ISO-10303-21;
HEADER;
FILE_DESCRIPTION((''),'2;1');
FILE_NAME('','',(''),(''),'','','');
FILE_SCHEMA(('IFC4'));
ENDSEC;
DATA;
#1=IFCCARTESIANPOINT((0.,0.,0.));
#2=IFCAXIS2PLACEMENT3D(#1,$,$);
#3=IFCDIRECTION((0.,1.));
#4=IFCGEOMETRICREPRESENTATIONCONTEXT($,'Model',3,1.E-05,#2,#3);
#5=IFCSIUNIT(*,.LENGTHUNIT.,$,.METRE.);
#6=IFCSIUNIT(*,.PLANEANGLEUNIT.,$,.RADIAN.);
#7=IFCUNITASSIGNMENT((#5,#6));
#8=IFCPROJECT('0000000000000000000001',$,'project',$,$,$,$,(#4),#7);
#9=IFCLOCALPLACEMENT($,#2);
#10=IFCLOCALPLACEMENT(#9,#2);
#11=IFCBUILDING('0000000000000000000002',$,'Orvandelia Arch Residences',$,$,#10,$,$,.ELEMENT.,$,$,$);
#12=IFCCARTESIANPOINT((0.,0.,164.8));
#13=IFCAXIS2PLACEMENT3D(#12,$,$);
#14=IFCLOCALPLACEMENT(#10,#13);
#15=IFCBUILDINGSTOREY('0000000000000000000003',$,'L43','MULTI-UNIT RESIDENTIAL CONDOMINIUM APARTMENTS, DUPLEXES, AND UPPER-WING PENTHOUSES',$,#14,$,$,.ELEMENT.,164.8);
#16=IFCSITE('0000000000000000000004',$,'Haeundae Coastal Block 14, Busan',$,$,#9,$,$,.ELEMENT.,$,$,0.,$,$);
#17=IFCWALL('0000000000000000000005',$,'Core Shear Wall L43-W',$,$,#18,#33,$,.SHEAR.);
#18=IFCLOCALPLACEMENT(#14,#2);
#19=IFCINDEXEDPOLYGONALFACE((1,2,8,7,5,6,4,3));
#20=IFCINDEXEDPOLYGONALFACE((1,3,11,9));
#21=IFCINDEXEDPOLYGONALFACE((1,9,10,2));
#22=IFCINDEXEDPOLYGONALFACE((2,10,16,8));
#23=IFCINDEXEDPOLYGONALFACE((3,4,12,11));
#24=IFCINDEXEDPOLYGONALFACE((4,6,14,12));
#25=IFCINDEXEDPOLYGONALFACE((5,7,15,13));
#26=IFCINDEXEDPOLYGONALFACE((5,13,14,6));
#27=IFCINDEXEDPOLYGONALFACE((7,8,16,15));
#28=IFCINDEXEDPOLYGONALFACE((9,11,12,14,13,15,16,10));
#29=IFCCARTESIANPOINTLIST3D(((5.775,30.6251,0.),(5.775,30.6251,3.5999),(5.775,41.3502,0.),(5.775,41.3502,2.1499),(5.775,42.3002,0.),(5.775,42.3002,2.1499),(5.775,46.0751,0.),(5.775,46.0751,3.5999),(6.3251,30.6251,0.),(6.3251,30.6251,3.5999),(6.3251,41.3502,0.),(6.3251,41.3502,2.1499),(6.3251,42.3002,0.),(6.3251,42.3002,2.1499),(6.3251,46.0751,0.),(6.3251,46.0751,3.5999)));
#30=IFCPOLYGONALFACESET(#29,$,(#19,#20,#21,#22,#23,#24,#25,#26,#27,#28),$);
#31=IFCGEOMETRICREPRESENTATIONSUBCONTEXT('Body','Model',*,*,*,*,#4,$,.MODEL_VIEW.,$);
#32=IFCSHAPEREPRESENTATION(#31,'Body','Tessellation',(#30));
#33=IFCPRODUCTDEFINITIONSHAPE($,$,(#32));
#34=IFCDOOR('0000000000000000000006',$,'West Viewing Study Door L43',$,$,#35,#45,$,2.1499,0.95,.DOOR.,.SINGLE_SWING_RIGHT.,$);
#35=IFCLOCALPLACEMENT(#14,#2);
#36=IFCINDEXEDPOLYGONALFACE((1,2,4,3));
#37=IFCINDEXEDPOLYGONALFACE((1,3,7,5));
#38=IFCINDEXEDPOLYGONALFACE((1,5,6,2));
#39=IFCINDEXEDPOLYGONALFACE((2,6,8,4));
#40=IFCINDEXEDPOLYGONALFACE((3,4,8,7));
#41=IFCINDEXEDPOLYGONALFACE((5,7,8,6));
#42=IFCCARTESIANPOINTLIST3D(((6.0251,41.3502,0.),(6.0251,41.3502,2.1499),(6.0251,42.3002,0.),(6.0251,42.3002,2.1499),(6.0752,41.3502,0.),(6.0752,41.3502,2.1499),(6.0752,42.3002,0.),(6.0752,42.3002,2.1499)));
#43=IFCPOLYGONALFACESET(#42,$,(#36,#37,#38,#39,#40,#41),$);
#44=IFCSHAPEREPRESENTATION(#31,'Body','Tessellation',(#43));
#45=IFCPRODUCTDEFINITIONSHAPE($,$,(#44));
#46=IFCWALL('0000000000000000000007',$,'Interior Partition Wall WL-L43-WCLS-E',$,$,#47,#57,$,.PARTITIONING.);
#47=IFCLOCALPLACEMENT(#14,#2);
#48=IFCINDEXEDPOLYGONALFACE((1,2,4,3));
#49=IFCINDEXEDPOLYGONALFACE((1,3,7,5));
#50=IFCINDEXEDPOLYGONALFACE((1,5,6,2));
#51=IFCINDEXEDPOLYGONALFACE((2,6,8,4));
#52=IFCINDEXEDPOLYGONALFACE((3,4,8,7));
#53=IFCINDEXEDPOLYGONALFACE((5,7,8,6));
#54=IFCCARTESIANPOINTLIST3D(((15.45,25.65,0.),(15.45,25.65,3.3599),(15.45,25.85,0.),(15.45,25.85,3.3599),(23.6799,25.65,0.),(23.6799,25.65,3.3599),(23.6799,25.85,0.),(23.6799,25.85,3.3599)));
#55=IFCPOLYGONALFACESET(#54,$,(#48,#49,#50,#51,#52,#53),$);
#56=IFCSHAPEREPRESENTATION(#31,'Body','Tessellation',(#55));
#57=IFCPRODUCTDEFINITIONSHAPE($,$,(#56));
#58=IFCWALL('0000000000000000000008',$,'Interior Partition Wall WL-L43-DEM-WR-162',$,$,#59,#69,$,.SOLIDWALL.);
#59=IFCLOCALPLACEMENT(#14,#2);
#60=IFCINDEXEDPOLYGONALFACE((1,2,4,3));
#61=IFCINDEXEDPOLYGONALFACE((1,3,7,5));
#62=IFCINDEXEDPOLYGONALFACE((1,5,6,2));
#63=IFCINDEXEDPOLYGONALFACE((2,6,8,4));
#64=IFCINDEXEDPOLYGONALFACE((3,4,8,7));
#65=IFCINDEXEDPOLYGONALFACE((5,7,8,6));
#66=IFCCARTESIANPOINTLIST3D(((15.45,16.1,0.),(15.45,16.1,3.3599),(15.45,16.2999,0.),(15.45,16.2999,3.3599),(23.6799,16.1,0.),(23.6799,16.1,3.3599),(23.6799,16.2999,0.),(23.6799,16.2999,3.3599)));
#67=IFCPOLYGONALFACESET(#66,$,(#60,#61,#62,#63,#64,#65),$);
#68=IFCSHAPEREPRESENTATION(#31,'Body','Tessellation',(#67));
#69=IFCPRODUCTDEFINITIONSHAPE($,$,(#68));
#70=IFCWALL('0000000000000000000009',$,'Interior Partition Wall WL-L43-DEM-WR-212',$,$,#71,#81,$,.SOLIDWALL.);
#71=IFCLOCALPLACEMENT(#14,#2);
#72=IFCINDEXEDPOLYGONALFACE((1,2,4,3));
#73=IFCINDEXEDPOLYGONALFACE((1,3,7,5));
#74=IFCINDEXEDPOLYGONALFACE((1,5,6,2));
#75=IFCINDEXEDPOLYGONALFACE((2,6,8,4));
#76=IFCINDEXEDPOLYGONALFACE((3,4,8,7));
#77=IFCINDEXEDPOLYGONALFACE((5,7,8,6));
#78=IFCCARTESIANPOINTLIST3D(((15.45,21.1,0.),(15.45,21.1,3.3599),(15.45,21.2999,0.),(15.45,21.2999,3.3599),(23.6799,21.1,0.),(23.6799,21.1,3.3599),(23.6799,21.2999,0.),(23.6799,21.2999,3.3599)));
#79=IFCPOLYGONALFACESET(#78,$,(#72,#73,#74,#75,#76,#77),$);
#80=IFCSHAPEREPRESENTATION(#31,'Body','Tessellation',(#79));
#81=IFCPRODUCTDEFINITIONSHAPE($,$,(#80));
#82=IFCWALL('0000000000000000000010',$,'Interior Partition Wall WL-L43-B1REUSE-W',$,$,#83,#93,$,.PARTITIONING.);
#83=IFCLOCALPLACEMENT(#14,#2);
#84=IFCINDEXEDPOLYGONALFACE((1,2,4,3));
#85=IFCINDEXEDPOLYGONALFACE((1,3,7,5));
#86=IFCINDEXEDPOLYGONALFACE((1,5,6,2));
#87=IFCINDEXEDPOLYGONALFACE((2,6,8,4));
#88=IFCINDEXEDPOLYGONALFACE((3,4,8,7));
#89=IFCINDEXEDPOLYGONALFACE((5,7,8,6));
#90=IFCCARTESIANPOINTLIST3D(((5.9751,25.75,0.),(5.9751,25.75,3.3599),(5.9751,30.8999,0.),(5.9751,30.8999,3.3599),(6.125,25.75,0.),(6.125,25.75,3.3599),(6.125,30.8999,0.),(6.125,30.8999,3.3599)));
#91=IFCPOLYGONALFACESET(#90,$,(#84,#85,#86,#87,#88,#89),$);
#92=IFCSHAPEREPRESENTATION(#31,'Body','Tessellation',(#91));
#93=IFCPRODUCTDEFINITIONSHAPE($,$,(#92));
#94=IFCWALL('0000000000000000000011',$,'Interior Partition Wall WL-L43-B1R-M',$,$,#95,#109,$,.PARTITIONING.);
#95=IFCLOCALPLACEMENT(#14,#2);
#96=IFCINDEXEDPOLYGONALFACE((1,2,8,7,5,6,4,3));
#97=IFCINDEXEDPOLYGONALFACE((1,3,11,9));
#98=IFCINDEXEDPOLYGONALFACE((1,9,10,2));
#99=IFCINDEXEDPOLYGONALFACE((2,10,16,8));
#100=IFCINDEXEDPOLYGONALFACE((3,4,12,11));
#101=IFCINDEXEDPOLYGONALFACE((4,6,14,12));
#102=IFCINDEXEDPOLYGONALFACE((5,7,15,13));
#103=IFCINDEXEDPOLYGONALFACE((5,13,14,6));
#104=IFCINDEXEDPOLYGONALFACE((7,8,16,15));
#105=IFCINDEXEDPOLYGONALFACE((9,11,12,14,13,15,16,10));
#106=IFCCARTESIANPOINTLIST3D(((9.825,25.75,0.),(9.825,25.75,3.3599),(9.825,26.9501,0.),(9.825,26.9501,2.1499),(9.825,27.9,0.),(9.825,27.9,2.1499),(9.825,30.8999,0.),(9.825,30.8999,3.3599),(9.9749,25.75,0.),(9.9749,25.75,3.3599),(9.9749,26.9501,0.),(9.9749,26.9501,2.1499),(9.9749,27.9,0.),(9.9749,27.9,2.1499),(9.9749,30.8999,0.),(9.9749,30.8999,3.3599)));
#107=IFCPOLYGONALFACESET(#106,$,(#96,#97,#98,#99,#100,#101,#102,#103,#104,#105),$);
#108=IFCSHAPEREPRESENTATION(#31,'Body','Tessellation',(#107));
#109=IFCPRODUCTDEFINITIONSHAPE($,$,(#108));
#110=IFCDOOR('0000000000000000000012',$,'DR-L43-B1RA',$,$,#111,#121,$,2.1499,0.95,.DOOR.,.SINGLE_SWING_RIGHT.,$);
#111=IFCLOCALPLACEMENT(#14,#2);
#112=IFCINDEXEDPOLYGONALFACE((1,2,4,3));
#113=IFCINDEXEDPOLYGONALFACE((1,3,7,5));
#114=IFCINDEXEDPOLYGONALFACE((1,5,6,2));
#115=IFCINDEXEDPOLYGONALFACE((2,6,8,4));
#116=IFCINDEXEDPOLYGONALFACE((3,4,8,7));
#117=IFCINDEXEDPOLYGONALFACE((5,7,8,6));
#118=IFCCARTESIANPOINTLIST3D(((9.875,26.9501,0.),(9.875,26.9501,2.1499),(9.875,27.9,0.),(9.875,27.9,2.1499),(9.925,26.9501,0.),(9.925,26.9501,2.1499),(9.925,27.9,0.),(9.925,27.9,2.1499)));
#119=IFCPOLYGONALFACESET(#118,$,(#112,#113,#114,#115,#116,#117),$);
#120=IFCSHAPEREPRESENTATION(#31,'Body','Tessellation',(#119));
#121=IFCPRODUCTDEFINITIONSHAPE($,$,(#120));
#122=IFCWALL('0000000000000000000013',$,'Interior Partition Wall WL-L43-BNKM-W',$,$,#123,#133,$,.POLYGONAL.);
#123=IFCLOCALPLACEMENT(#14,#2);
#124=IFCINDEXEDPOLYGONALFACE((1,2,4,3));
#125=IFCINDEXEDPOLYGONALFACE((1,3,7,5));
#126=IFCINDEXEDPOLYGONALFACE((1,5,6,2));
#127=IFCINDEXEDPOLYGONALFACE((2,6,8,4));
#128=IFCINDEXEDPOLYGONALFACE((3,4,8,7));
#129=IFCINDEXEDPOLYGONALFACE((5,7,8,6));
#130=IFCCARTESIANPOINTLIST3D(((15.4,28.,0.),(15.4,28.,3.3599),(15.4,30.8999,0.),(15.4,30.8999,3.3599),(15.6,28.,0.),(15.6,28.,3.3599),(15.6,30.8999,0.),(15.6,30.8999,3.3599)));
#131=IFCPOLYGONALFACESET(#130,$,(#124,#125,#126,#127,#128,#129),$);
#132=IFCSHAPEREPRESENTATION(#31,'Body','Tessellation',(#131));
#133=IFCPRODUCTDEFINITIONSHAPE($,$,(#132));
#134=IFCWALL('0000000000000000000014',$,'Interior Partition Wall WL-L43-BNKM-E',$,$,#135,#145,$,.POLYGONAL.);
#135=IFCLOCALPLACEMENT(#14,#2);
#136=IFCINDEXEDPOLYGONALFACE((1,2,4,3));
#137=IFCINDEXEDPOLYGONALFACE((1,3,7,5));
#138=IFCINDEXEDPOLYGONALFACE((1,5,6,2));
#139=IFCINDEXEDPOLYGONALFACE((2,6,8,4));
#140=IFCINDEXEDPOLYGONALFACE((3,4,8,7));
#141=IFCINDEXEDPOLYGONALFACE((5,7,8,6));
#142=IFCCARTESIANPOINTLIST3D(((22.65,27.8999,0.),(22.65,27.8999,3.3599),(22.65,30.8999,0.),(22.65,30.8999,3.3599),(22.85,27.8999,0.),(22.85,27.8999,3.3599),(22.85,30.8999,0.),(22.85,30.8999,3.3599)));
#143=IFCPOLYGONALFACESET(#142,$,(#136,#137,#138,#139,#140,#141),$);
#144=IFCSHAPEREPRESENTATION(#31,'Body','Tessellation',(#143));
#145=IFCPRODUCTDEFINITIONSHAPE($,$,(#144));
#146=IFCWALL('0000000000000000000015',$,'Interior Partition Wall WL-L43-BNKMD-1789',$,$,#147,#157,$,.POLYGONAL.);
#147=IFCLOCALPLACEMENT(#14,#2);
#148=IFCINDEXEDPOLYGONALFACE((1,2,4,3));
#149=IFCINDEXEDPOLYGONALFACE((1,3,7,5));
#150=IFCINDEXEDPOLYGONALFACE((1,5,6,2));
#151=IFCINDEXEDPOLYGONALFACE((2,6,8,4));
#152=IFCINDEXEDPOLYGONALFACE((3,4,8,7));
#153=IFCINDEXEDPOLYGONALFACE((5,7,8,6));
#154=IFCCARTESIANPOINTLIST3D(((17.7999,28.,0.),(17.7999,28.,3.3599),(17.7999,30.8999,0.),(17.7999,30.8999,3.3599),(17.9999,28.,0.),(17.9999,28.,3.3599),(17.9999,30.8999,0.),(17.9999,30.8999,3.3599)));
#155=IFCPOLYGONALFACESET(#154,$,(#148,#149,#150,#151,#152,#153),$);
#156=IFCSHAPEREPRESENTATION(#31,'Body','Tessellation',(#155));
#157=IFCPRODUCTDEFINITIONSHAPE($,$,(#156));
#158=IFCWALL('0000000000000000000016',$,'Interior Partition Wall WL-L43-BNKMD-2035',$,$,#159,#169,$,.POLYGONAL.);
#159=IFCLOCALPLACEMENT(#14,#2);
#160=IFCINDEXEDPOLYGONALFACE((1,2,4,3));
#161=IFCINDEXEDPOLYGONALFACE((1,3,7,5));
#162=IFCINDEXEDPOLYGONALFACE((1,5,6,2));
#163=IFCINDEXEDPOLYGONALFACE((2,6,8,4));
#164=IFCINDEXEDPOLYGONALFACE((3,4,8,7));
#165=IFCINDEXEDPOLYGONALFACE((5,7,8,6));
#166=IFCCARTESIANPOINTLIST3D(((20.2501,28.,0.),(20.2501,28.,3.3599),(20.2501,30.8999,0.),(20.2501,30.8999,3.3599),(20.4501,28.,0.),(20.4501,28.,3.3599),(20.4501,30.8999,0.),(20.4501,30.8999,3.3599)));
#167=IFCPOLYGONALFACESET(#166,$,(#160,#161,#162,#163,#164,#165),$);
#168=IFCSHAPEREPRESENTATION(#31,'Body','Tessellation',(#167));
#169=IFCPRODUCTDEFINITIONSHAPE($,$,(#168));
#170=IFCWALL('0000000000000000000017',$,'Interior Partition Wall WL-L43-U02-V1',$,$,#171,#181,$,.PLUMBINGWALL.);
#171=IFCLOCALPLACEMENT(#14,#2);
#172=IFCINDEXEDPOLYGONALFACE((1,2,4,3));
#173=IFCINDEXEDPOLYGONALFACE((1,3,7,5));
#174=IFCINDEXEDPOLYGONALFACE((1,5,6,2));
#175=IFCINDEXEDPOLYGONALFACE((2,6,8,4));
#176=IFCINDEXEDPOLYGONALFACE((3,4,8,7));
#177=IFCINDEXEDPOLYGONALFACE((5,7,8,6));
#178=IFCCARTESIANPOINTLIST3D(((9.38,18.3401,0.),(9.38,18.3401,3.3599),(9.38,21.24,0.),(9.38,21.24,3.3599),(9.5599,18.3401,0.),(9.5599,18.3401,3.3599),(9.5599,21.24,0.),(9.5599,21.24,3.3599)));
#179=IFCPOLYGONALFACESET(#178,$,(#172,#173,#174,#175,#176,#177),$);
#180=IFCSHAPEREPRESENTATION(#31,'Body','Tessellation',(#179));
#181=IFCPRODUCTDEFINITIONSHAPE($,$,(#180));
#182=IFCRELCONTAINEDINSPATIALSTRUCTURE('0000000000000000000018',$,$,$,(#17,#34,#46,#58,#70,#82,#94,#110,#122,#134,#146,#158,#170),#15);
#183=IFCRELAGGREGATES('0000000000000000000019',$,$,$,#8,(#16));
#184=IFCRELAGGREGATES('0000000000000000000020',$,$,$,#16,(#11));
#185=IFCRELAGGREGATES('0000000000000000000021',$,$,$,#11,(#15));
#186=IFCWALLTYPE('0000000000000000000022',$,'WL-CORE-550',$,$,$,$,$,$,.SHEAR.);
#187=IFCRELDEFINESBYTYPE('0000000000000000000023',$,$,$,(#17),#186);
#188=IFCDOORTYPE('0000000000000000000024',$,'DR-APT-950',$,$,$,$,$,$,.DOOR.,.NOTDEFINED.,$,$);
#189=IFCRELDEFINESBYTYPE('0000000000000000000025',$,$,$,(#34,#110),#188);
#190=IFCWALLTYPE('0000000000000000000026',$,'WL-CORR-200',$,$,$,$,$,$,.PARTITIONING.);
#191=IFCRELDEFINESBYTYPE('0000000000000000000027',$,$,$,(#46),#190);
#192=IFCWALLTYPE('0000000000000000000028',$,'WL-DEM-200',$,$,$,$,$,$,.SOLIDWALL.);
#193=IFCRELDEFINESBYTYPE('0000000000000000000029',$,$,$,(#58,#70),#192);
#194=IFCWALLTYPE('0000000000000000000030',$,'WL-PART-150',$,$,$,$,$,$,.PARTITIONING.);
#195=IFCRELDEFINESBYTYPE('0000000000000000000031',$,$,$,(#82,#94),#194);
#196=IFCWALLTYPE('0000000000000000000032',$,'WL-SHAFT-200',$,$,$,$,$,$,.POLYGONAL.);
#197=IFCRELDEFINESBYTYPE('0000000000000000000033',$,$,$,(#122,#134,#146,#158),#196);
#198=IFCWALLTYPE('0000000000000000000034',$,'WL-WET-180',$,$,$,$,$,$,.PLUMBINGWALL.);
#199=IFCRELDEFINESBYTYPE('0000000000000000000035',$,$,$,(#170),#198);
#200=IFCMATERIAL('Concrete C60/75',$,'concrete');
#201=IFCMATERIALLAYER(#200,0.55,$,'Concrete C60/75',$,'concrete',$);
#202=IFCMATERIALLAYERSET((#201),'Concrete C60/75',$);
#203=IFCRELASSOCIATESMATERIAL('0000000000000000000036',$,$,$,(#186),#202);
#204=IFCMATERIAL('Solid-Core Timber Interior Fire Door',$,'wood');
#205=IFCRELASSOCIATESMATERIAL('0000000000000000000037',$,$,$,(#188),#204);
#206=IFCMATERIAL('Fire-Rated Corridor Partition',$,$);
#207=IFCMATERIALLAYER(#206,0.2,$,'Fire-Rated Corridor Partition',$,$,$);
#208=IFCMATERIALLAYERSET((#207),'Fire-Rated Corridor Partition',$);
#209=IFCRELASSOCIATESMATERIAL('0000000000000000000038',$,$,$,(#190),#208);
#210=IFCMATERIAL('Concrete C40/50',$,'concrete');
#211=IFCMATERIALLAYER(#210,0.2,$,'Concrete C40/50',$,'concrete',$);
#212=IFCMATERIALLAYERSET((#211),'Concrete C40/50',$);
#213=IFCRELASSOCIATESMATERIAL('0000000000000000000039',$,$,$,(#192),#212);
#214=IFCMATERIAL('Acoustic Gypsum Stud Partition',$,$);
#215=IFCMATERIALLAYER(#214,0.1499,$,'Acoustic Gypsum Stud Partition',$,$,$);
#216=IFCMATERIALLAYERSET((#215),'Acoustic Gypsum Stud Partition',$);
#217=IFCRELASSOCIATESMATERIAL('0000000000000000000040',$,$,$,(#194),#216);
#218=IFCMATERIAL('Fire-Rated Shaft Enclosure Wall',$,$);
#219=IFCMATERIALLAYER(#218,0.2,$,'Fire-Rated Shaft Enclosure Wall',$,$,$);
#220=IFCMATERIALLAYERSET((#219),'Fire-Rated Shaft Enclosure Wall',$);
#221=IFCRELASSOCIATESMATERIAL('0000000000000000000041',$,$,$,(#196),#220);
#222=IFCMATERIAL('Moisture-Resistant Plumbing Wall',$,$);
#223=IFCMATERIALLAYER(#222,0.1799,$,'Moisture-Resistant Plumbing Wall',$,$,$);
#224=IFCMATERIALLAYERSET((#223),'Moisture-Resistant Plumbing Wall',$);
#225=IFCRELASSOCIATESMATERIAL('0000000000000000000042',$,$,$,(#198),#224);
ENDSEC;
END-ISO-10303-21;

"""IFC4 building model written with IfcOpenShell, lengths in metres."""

from ifc_helpers import new_model, si_unit, direction, frame, frame_2d, origin, place, context, subcontext, project, spatial, rectangle, extrude, material, layer, layer_set, type_object, element, fill, save


model = new_model("IFC4")

# Units and contexts
model_context = context("Model", 3, precision=1e-05, world=origin(), true_north=direction((0.0, 1.0)))
body_context = subcontext(model_context, "Body", "Model", "MODEL_VIEW")
ifc_project = project(units=[si_unit("LENGTHUNIT", "METRE"), si_unit("PLANEANGLEUNIT", "RADIAN")], contexts=[model_context])

# Site, building, storey
site_placement = place(None, origin())
site = spatial("IfcSite", under=ifc_project, at=site_placement, Name="Haeundae Coastal Block 14, Busan", CompositionType="ELEMENT", RefElevation=0.0)
building_placement = place(site_placement, origin())
building = spatial("IfcBuilding", under=site, at=building_placement, Name="Orvandelia Arch Residences", CompositionType="ELEMENT")
storey_placement = place(building_placement, frame((0.0, 0.0, 164.8)))
storey = spatial("IfcBuildingStorey", under=building, at=storey_placement, Name="L43", Description="MULTI-UNIT RESIDENTIAL CONDOMINIUM APARTMENTS, DUPLEXES, AND UPPER-WING PENTHOUSES", CompositionType="ELEMENT", Elevation=164.8)

# Wall, opening, door
ifc_material_1 = material(Name="Concrete C60/75", Category="concrete")
ifc_layer_1 = layer(ifc_material_1, 0.55, Name="Concrete C60/75", Category="concrete")
ifc_layer_set_1 = layer_set([ifc_layer_1], Name="Concrete C60/75")
wall_type_1 = type_object("IfcWallType", Name="WL-CORE-550", PredefinedType="SHEAR", material=ifc_layer_set_1)
wall_1_placement = place(storey_placement, frame((6.05, 30.625, 0.0), z_axis=(0.0, 0.0, 1.0), x_axis=(0.0, 1.0, 0.0)))
wall_1 = element("IfcWall", 1, at=wall_1_placement, inside=storey, type_object=wall_type_1, Name="Core Shear Wall L43-W", PredefinedType="SHEAR", context=body_context, shape_type="SweptSolid", body=[
    extrude(rectangle(XDim=15.45, YDim=0.55, at=frame_2d((7.7251, 0.0))), origin(), (0.0, 0.0, 1.0), 3.5999),
])
opening_1_placement = place(wall_1_placement, frame((10.7251, 0.0, 0.0)))
opening_1 = element("IfcOpeningElement", 2, at=opening_1_placement, cuts=wall_1, PredefinedType="OPENING", context=body_context, shape_type="SweptSolid", body=[
    extrude(rectangle(XDim=0.95, YDim=2.1499, at=frame_2d((0.4751, 1.075))), frame((0.0, 0.2852, 0.0), z_axis=(0.0, -1.0, 0.0), x_axis=(1.0, 0.0, 0.0)), (0.0, 0.0, 1.0), 0.5701),
])
ifc_material_2 = material(Name="Solid-Core Timber Interior Fire Door", Category="wood")
door_type_1 = type_object("IfcDoorType", Name="DR-APT-950", OperationType="NOTDEFINED", PredefinedType="DOOR", material=ifc_material_2)
door_1_placement = place(opening_1_placement, origin())
door_1 = element("IfcDoor", 3, at=door_1_placement, inside=storey, type_object=door_type_1, Name="West Viewing Study Door L43", OperationType="SINGLE_SWING_RIGHT", OverallHeight=2.1499, OverallWidth=0.95, PredefinedType="DOOR", context=body_context, shape_type="SweptSolid", body=[
    extrude(rectangle(XDim=0.95, YDim=2.1499, at=frame_2d((0.4751, 1.075))), frame((0.0, 0.0249, 0.0), z_axis=(0.0, -1.0, 0.0), x_axis=(1.0, 0.0, 0.0)), (0.0, 0.0, 1.0), 0.05),
])
fill(opening_1, door_1)

# Walls
ifc_material_3 = material(Name="Fire-Rated Corridor Partition")
ifc_layer_2 = layer(ifc_material_3, 0.2, Name="Fire-Rated Corridor Partition")
ifc_layer_set_2 = layer_set([ifc_layer_2], Name="Fire-Rated Corridor Partition")
wall_type_2 = type_object("IfcWallType", Name="WL-CORR-200", PredefinedType="PARTITIONING", material=ifc_layer_set_2)
wall_2_placement = place(storey_placement, frame((15.45, 25.75, 0.0), z_axis=(0.0, 0.0, 1.0), x_axis=(1.0, 0.0, 0.0)))
element("IfcWall", 4, at=wall_2_placement, inside=storey, type_object=wall_type_2, Name="Interior Partition Wall WL-L43-WCLS-E", PredefinedType="PARTITIONING", context=body_context, shape_type="SweptSolid", body=[
    extrude(rectangle(XDim=8.23, YDim=0.2, at=frame_2d((4.115, 0.0))), origin(), (0.0, 0.0, 1.0), 3.3599),
])
ifc_material_4 = material(Name="Concrete C40/50", Category="concrete")
ifc_layer_3 = layer(ifc_material_4, 0.2, Name="Concrete C40/50", Category="concrete")
ifc_layer_set_3 = layer_set([ifc_layer_3], Name="Concrete C40/50")
wall_type_3 = type_object("IfcWallType", Name="WL-DEM-200", PredefinedType="SOLIDWALL", material=ifc_layer_set_3)
for number, where, z_axis, x_axis, name in (
    (5, (15.45, 16.2, 0.0), (0.0, 0.0, 1.0), (1.0, 0.0, 0.0), "Interior Partition Wall WL-L43-DEM-WR-162"),
    (6, (15.45, 21.2, 0.0), (0.0, 0.0, 1.0), (1.0, 0.0, 0.0), "Interior Partition Wall WL-L43-DEM-WR-212"),
):
    element("IfcWall", number, at=place(storey_placement, frame(where, z_axis=z_axis, x_axis=x_axis)), inside=storey, type_object=wall_type_3, Name=name, PredefinedType="SOLIDWALL", context=body_context, shape_type="SweptSolid", body=[
        extrude(rectangle(XDim=8.23, YDim=0.2, at=frame_2d((4.115, 0.0))), origin(), (0.0, 0.0, 1.0), 3.3599),
    ])
ifc_material_5 = material(Name="Acoustic Gypsum Stud Partition")
ifc_layer_4 = layer(ifc_material_5, 0.1499, Name="Acoustic Gypsum Stud Partition")
ifc_layer_set_4 = layer_set([ifc_layer_4], Name="Acoustic Gypsum Stud Partition")
wall_type_4 = type_object("IfcWallType", Name="WL-PART-150", PredefinedType="PARTITIONING", material=ifc_layer_set_4)
wall_3_placement = place(storey_placement, frame((6.05, 25.75, 0.0), z_axis=(0.0, 0.0, 1.0), x_axis=(0.0, 1.0, 0.0)))
element("IfcWall", 7, at=wall_3_placement, inside=storey, type_object=wall_type_4, Name="Interior Partition Wall WL-L43-B1REUSE-W", PredefinedType="PARTITIONING", context=body_context, shape_type="SweptSolid", body=[
    extrude(rectangle(XDim=5.1499, YDim=0.1499, at=frame_2d((2.575, 0.0))), origin(), (0.0, 0.0, 1.0), 3.3599),
])

# Wall, opening, door
wall_4_placement = place(storey_placement, frame((9.8999, 25.75, 0.0), z_axis=(0.0, 0.0, 1.0), x_axis=(0.0, 1.0, 0.0)))
wall_4 = element("IfcWall", 8, at=wall_4_placement, inside=storey, type_object=wall_type_4, Name="Interior Partition Wall WL-L43-B1R-M", PredefinedType="PARTITIONING", context=body_context, shape_type="SweptSolid", body=[
    extrude(rectangle(XDim=5.1499, YDim=0.1499, at=frame_2d((2.575, 0.0))), origin(), (0.0, 0.0, 1.0), 3.3599),
])
opening_2_placement = place(wall_4_placement, frame((1.2, 0.0, 0.0)))
opening_2 = element("IfcOpeningElement", 9, at=opening_2_placement, cuts=wall_4, PredefinedType="OPENING", context=body_context, shape_type="SweptSolid", body=[
    extrude(rectangle(XDim=0.95, YDim=2.1499, at=frame_2d((0.4751, 1.075))), frame((0.0, 0.085, 0.0), z_axis=(0.0, -1.0, 0.0), x_axis=(1.0, 0.0, 0.0)), (0.0, 0.0, 1.0), 0.1699),
])
door_2_placement = place(opening_2_placement, origin())
door_2 = element("IfcDoor", 10, at=door_2_placement, inside=storey, type_object=door_type_1, Name="DR-L43-B1RA", OperationType="SINGLE_SWING_RIGHT", OverallHeight=2.1499, OverallWidth=0.95, PredefinedType="DOOR", context=body_context, shape_type="SweptSolid", body=[
    extrude(rectangle(XDim=0.95, YDim=2.1499, at=frame_2d((0.4751, 1.075))), frame((0.0, 0.0249, 0.0), z_axis=(0.0, -1.0, 0.0), x_axis=(1.0, 0.0, 0.0)), (0.0, 0.0, 1.0), 0.05),
])
fill(opening_2, door_2)
ifc_material_6 = material(Name="Fire-Rated Shaft Enclosure Wall")
ifc_layer_5 = layer(ifc_material_6, 0.2, Name="Fire-Rated Shaft Enclosure Wall")
ifc_layer_set_5 = layer_set([ifc_layer_5], Name="Fire-Rated Shaft Enclosure Wall")
wall_type_5 = type_object("IfcWallType", Name="WL-SHAFT-200", PredefinedType="POLYGONAL", material=ifc_layer_set_5)

# Walls
wall_5_placement = place(storey_placement, frame((15.5, 28.0, 0.0), z_axis=(0.0, 0.0, 1.0), x_axis=(0.0, 1.0, 0.0)))
element("IfcWall", 11, at=wall_5_placement, inside=storey, type_object=wall_type_5, Name="Interior Partition Wall WL-L43-BNKM-W", PredefinedType="POLYGONAL", context=body_context, shape_type="SweptSolid", body=[
    extrude(rectangle(XDim=2.8999, YDim=0.2, at=frame_2d((1.45, 0.0))), origin(), (0.0, 0.0, 1.0), 3.3599),
])
wall_6_placement = place(storey_placement, frame((22.75, 27.8999, 0.0), z_axis=(0.0, 0.0, 1.0), x_axis=(0.0, 1.0, 0.0)))
element("IfcWall", 12, at=wall_6_placement, inside=storey, type_object=wall_type_5, Name="Interior Partition Wall WL-L43-BNKM-E", PredefinedType="POLYGONAL", context=body_context, shape_type="SweptSolid", body=[
    extrude(rectangle(XDim=3.0, YDim=0.2, at=frame_2d((1.5, 0.0))), origin(), (0.0, 0.0, 1.0), 3.3599),
])
for number, where, z_axis, x_axis, name in (
    (13, (17.8999, 28.0, 0.0), (0.0, 0.0, 1.0), (0.0, 1.0, 0.0), "Interior Partition Wall WL-L43-BNKMD-1789"),
    (14, (20.3501, 28.0, 0.0), (0.0, 0.0, 1.0), (0.0, 1.0, 0.0), "Interior Partition Wall WL-L43-BNKMD-2035"),
):
    element("IfcWall", number, at=place(storey_placement, frame(where, z_axis=z_axis, x_axis=x_axis)), inside=storey, type_object=wall_type_5, Name=name, PredefinedType="POLYGONAL", context=body_context, shape_type="SweptSolid", body=[
        extrude(rectangle(XDim=2.8999, YDim=0.2, at=frame_2d((1.45, 0.0))), origin(), (0.0, 0.0, 1.0), 3.3599),
    ])
ifc_material_7 = material(Name="Moisture-Resistant Plumbing Wall")
ifc_layer_6 = layer(ifc_material_7, 0.1799, Name="Moisture-Resistant Plumbing Wall")
ifc_layer_set_6 = layer_set([ifc_layer_6], Name="Moisture-Resistant Plumbing Wall")
wall_type_6 = type_object("IfcWallType", Name="WL-WET-180", PredefinedType="PLUMBINGWALL", material=ifc_layer_set_6)
wall_7_placement = place(storey_placement, frame((9.47, 18.3401, 0.0), z_axis=(0.0, 0.0, 1.0), x_axis=(0.0, 1.0, 0.0)))
element("IfcWall", 15, at=wall_7_placement, inside=storey, type_object=wall_type_6, Name="Interior Partition Wall WL-L43-U02-V1", PredefinedType="PLUMBINGWALL", context=body_context, shape_type="SweptSolid", body=[
    extrude(rectangle(XDim=2.8999, YDim=0.1799, at=frame_2d((1.45, 0.0))), origin(), (0.0, 0.0, 1.0), 3.3599),
])

save(model, "model.ifc")
